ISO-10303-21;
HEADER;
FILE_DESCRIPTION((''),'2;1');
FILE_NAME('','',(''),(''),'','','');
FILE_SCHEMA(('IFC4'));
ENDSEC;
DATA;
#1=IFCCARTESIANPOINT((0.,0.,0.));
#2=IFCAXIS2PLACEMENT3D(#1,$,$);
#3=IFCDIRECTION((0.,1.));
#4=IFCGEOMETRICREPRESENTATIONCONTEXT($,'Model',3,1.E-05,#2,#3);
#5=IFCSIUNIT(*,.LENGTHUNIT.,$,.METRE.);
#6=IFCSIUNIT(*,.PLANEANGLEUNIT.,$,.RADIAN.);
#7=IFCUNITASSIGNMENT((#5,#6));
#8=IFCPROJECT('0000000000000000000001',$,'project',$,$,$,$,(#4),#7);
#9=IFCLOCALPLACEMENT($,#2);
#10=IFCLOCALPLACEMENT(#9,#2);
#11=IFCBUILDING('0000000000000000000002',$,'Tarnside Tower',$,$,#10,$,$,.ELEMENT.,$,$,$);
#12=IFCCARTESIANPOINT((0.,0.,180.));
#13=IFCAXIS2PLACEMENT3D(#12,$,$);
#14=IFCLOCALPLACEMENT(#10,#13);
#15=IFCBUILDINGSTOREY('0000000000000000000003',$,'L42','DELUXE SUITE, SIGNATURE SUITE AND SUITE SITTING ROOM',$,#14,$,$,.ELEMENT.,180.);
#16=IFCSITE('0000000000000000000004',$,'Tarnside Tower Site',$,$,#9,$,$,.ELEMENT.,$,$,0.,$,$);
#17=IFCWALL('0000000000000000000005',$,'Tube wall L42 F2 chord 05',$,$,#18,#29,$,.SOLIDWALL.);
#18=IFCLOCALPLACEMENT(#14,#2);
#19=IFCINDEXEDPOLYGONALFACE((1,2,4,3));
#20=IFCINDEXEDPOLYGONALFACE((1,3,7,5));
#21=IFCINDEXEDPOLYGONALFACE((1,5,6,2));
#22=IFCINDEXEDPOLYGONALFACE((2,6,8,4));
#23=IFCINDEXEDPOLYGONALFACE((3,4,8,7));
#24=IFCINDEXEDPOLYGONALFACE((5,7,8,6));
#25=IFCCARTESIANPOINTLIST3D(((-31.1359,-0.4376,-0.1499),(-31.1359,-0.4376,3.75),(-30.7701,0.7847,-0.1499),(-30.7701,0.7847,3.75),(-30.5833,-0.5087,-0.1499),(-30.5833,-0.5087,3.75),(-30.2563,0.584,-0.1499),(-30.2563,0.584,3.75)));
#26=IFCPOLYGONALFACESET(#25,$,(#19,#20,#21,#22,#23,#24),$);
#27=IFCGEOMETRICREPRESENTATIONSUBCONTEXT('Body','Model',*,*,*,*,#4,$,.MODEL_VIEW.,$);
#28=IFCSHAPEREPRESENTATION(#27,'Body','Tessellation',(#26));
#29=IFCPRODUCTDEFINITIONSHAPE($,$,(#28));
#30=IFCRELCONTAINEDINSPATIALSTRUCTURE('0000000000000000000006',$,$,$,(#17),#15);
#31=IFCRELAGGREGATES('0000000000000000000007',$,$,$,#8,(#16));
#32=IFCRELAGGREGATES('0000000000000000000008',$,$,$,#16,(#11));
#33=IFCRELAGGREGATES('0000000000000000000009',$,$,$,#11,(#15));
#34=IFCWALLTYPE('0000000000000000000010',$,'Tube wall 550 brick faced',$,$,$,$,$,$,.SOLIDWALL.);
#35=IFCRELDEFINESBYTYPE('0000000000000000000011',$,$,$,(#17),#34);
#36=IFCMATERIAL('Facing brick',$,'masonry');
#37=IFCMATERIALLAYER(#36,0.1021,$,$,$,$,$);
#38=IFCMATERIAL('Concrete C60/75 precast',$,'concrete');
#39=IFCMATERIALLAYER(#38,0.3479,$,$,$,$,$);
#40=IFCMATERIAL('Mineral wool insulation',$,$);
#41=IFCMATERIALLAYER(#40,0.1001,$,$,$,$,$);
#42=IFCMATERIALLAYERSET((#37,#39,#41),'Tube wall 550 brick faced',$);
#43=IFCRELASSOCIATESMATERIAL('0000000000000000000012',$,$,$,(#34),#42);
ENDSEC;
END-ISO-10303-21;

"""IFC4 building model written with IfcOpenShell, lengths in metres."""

from ifc_helpers import new_model, si_unit, direction, frame, origin, place, context, subcontext, project, spatial, polyline, outline, extrude, material, layer, layer_set, type_object, element, save


model = new_model("IFC4")

# Units and contexts
model_context = context("Model", 3, precision=1e-05, world=origin(), true_north=direction((0.0, 1.0)))
body_context = subcontext(model_context, "Body", "Model", "MODEL_VIEW")
ifc_project = project(units=[si_unit("LENGTHUNIT", "METRE"), si_unit("PLANEANGLEUNIT", "RADIAN")], contexts=[model_context])

# Site, building, storey
site_placement = place(None, origin())
site = spatial("IfcSite", under=ifc_project, at=site_placement, Name="Tarnside Tower Site", CompositionType="ELEMENT", RefElevation=0.0)
building_placement = place(site_placement, origin())
building = spatial("IfcBuilding", under=site, at=building_placement, Name="Tarnside Tower", CompositionType="ELEMENT")
storey_placement = place(building_placement, frame((0.0, 0.0, 180.0)))
storey = spatial("IfcBuildingStorey", under=building, at=storey_placement, Name="L42", Description="DELUXE SUITE, SIGNATURE SUITE AND SUITE SITTING ROOM", CompositionType="ELEMENT", Elevation=180.0)

# Wall
ifc_material_1 = material(Name="Facing brick", Category="masonry")
ifc_layer_1 = layer(ifc_material_1, 0.1021)
ifc_material_2 = material(Name="Concrete C60/75 precast", Category="concrete")
ifc_layer_2 = layer(ifc_material_2, 0.3479)
ifc_material_3 = material(Name="Mineral wool insulation")
ifc_layer_3 = layer(ifc_material_3, 0.1001)
ifc_layer_set_1 = layer_set([ifc_layer_1, ifc_layer_2, ifc_layer_3], Name="Tube wall 550 brick faced")
wall_type_1 = type_object("IfcWallType", Name="Tube wall 550 brick faced", PredefinedType="SOLIDWALL", material=ifc_layer_set_1)
wall_1_placement = place(storey_placement, frame((-30.5132, 0.6843, -0.1499), z_axis=(0.0, 0.0, 1.0), x_axis=(-0.286736, -0.95801, 0.0)))
element("IfcWall", 1, at=wall_1_placement, inside=storey, type_object=wall_type_1, Name="Tube wall L42 F2 chord 05", PredefinedType="SOLIDWALL", context=body_context, shape_type="SweptSolid", body=[
    extrude(outline(polyline([(-0.0225, -0.2749), (1.2534, -0.2749), (1.1631, 0.2749), (0.0225, 0.2749), (-0.0225, -0.2749)])), origin(), (0.0, 0.0, 1.0), 3.8999),
])

save(model, "model.ifc")
